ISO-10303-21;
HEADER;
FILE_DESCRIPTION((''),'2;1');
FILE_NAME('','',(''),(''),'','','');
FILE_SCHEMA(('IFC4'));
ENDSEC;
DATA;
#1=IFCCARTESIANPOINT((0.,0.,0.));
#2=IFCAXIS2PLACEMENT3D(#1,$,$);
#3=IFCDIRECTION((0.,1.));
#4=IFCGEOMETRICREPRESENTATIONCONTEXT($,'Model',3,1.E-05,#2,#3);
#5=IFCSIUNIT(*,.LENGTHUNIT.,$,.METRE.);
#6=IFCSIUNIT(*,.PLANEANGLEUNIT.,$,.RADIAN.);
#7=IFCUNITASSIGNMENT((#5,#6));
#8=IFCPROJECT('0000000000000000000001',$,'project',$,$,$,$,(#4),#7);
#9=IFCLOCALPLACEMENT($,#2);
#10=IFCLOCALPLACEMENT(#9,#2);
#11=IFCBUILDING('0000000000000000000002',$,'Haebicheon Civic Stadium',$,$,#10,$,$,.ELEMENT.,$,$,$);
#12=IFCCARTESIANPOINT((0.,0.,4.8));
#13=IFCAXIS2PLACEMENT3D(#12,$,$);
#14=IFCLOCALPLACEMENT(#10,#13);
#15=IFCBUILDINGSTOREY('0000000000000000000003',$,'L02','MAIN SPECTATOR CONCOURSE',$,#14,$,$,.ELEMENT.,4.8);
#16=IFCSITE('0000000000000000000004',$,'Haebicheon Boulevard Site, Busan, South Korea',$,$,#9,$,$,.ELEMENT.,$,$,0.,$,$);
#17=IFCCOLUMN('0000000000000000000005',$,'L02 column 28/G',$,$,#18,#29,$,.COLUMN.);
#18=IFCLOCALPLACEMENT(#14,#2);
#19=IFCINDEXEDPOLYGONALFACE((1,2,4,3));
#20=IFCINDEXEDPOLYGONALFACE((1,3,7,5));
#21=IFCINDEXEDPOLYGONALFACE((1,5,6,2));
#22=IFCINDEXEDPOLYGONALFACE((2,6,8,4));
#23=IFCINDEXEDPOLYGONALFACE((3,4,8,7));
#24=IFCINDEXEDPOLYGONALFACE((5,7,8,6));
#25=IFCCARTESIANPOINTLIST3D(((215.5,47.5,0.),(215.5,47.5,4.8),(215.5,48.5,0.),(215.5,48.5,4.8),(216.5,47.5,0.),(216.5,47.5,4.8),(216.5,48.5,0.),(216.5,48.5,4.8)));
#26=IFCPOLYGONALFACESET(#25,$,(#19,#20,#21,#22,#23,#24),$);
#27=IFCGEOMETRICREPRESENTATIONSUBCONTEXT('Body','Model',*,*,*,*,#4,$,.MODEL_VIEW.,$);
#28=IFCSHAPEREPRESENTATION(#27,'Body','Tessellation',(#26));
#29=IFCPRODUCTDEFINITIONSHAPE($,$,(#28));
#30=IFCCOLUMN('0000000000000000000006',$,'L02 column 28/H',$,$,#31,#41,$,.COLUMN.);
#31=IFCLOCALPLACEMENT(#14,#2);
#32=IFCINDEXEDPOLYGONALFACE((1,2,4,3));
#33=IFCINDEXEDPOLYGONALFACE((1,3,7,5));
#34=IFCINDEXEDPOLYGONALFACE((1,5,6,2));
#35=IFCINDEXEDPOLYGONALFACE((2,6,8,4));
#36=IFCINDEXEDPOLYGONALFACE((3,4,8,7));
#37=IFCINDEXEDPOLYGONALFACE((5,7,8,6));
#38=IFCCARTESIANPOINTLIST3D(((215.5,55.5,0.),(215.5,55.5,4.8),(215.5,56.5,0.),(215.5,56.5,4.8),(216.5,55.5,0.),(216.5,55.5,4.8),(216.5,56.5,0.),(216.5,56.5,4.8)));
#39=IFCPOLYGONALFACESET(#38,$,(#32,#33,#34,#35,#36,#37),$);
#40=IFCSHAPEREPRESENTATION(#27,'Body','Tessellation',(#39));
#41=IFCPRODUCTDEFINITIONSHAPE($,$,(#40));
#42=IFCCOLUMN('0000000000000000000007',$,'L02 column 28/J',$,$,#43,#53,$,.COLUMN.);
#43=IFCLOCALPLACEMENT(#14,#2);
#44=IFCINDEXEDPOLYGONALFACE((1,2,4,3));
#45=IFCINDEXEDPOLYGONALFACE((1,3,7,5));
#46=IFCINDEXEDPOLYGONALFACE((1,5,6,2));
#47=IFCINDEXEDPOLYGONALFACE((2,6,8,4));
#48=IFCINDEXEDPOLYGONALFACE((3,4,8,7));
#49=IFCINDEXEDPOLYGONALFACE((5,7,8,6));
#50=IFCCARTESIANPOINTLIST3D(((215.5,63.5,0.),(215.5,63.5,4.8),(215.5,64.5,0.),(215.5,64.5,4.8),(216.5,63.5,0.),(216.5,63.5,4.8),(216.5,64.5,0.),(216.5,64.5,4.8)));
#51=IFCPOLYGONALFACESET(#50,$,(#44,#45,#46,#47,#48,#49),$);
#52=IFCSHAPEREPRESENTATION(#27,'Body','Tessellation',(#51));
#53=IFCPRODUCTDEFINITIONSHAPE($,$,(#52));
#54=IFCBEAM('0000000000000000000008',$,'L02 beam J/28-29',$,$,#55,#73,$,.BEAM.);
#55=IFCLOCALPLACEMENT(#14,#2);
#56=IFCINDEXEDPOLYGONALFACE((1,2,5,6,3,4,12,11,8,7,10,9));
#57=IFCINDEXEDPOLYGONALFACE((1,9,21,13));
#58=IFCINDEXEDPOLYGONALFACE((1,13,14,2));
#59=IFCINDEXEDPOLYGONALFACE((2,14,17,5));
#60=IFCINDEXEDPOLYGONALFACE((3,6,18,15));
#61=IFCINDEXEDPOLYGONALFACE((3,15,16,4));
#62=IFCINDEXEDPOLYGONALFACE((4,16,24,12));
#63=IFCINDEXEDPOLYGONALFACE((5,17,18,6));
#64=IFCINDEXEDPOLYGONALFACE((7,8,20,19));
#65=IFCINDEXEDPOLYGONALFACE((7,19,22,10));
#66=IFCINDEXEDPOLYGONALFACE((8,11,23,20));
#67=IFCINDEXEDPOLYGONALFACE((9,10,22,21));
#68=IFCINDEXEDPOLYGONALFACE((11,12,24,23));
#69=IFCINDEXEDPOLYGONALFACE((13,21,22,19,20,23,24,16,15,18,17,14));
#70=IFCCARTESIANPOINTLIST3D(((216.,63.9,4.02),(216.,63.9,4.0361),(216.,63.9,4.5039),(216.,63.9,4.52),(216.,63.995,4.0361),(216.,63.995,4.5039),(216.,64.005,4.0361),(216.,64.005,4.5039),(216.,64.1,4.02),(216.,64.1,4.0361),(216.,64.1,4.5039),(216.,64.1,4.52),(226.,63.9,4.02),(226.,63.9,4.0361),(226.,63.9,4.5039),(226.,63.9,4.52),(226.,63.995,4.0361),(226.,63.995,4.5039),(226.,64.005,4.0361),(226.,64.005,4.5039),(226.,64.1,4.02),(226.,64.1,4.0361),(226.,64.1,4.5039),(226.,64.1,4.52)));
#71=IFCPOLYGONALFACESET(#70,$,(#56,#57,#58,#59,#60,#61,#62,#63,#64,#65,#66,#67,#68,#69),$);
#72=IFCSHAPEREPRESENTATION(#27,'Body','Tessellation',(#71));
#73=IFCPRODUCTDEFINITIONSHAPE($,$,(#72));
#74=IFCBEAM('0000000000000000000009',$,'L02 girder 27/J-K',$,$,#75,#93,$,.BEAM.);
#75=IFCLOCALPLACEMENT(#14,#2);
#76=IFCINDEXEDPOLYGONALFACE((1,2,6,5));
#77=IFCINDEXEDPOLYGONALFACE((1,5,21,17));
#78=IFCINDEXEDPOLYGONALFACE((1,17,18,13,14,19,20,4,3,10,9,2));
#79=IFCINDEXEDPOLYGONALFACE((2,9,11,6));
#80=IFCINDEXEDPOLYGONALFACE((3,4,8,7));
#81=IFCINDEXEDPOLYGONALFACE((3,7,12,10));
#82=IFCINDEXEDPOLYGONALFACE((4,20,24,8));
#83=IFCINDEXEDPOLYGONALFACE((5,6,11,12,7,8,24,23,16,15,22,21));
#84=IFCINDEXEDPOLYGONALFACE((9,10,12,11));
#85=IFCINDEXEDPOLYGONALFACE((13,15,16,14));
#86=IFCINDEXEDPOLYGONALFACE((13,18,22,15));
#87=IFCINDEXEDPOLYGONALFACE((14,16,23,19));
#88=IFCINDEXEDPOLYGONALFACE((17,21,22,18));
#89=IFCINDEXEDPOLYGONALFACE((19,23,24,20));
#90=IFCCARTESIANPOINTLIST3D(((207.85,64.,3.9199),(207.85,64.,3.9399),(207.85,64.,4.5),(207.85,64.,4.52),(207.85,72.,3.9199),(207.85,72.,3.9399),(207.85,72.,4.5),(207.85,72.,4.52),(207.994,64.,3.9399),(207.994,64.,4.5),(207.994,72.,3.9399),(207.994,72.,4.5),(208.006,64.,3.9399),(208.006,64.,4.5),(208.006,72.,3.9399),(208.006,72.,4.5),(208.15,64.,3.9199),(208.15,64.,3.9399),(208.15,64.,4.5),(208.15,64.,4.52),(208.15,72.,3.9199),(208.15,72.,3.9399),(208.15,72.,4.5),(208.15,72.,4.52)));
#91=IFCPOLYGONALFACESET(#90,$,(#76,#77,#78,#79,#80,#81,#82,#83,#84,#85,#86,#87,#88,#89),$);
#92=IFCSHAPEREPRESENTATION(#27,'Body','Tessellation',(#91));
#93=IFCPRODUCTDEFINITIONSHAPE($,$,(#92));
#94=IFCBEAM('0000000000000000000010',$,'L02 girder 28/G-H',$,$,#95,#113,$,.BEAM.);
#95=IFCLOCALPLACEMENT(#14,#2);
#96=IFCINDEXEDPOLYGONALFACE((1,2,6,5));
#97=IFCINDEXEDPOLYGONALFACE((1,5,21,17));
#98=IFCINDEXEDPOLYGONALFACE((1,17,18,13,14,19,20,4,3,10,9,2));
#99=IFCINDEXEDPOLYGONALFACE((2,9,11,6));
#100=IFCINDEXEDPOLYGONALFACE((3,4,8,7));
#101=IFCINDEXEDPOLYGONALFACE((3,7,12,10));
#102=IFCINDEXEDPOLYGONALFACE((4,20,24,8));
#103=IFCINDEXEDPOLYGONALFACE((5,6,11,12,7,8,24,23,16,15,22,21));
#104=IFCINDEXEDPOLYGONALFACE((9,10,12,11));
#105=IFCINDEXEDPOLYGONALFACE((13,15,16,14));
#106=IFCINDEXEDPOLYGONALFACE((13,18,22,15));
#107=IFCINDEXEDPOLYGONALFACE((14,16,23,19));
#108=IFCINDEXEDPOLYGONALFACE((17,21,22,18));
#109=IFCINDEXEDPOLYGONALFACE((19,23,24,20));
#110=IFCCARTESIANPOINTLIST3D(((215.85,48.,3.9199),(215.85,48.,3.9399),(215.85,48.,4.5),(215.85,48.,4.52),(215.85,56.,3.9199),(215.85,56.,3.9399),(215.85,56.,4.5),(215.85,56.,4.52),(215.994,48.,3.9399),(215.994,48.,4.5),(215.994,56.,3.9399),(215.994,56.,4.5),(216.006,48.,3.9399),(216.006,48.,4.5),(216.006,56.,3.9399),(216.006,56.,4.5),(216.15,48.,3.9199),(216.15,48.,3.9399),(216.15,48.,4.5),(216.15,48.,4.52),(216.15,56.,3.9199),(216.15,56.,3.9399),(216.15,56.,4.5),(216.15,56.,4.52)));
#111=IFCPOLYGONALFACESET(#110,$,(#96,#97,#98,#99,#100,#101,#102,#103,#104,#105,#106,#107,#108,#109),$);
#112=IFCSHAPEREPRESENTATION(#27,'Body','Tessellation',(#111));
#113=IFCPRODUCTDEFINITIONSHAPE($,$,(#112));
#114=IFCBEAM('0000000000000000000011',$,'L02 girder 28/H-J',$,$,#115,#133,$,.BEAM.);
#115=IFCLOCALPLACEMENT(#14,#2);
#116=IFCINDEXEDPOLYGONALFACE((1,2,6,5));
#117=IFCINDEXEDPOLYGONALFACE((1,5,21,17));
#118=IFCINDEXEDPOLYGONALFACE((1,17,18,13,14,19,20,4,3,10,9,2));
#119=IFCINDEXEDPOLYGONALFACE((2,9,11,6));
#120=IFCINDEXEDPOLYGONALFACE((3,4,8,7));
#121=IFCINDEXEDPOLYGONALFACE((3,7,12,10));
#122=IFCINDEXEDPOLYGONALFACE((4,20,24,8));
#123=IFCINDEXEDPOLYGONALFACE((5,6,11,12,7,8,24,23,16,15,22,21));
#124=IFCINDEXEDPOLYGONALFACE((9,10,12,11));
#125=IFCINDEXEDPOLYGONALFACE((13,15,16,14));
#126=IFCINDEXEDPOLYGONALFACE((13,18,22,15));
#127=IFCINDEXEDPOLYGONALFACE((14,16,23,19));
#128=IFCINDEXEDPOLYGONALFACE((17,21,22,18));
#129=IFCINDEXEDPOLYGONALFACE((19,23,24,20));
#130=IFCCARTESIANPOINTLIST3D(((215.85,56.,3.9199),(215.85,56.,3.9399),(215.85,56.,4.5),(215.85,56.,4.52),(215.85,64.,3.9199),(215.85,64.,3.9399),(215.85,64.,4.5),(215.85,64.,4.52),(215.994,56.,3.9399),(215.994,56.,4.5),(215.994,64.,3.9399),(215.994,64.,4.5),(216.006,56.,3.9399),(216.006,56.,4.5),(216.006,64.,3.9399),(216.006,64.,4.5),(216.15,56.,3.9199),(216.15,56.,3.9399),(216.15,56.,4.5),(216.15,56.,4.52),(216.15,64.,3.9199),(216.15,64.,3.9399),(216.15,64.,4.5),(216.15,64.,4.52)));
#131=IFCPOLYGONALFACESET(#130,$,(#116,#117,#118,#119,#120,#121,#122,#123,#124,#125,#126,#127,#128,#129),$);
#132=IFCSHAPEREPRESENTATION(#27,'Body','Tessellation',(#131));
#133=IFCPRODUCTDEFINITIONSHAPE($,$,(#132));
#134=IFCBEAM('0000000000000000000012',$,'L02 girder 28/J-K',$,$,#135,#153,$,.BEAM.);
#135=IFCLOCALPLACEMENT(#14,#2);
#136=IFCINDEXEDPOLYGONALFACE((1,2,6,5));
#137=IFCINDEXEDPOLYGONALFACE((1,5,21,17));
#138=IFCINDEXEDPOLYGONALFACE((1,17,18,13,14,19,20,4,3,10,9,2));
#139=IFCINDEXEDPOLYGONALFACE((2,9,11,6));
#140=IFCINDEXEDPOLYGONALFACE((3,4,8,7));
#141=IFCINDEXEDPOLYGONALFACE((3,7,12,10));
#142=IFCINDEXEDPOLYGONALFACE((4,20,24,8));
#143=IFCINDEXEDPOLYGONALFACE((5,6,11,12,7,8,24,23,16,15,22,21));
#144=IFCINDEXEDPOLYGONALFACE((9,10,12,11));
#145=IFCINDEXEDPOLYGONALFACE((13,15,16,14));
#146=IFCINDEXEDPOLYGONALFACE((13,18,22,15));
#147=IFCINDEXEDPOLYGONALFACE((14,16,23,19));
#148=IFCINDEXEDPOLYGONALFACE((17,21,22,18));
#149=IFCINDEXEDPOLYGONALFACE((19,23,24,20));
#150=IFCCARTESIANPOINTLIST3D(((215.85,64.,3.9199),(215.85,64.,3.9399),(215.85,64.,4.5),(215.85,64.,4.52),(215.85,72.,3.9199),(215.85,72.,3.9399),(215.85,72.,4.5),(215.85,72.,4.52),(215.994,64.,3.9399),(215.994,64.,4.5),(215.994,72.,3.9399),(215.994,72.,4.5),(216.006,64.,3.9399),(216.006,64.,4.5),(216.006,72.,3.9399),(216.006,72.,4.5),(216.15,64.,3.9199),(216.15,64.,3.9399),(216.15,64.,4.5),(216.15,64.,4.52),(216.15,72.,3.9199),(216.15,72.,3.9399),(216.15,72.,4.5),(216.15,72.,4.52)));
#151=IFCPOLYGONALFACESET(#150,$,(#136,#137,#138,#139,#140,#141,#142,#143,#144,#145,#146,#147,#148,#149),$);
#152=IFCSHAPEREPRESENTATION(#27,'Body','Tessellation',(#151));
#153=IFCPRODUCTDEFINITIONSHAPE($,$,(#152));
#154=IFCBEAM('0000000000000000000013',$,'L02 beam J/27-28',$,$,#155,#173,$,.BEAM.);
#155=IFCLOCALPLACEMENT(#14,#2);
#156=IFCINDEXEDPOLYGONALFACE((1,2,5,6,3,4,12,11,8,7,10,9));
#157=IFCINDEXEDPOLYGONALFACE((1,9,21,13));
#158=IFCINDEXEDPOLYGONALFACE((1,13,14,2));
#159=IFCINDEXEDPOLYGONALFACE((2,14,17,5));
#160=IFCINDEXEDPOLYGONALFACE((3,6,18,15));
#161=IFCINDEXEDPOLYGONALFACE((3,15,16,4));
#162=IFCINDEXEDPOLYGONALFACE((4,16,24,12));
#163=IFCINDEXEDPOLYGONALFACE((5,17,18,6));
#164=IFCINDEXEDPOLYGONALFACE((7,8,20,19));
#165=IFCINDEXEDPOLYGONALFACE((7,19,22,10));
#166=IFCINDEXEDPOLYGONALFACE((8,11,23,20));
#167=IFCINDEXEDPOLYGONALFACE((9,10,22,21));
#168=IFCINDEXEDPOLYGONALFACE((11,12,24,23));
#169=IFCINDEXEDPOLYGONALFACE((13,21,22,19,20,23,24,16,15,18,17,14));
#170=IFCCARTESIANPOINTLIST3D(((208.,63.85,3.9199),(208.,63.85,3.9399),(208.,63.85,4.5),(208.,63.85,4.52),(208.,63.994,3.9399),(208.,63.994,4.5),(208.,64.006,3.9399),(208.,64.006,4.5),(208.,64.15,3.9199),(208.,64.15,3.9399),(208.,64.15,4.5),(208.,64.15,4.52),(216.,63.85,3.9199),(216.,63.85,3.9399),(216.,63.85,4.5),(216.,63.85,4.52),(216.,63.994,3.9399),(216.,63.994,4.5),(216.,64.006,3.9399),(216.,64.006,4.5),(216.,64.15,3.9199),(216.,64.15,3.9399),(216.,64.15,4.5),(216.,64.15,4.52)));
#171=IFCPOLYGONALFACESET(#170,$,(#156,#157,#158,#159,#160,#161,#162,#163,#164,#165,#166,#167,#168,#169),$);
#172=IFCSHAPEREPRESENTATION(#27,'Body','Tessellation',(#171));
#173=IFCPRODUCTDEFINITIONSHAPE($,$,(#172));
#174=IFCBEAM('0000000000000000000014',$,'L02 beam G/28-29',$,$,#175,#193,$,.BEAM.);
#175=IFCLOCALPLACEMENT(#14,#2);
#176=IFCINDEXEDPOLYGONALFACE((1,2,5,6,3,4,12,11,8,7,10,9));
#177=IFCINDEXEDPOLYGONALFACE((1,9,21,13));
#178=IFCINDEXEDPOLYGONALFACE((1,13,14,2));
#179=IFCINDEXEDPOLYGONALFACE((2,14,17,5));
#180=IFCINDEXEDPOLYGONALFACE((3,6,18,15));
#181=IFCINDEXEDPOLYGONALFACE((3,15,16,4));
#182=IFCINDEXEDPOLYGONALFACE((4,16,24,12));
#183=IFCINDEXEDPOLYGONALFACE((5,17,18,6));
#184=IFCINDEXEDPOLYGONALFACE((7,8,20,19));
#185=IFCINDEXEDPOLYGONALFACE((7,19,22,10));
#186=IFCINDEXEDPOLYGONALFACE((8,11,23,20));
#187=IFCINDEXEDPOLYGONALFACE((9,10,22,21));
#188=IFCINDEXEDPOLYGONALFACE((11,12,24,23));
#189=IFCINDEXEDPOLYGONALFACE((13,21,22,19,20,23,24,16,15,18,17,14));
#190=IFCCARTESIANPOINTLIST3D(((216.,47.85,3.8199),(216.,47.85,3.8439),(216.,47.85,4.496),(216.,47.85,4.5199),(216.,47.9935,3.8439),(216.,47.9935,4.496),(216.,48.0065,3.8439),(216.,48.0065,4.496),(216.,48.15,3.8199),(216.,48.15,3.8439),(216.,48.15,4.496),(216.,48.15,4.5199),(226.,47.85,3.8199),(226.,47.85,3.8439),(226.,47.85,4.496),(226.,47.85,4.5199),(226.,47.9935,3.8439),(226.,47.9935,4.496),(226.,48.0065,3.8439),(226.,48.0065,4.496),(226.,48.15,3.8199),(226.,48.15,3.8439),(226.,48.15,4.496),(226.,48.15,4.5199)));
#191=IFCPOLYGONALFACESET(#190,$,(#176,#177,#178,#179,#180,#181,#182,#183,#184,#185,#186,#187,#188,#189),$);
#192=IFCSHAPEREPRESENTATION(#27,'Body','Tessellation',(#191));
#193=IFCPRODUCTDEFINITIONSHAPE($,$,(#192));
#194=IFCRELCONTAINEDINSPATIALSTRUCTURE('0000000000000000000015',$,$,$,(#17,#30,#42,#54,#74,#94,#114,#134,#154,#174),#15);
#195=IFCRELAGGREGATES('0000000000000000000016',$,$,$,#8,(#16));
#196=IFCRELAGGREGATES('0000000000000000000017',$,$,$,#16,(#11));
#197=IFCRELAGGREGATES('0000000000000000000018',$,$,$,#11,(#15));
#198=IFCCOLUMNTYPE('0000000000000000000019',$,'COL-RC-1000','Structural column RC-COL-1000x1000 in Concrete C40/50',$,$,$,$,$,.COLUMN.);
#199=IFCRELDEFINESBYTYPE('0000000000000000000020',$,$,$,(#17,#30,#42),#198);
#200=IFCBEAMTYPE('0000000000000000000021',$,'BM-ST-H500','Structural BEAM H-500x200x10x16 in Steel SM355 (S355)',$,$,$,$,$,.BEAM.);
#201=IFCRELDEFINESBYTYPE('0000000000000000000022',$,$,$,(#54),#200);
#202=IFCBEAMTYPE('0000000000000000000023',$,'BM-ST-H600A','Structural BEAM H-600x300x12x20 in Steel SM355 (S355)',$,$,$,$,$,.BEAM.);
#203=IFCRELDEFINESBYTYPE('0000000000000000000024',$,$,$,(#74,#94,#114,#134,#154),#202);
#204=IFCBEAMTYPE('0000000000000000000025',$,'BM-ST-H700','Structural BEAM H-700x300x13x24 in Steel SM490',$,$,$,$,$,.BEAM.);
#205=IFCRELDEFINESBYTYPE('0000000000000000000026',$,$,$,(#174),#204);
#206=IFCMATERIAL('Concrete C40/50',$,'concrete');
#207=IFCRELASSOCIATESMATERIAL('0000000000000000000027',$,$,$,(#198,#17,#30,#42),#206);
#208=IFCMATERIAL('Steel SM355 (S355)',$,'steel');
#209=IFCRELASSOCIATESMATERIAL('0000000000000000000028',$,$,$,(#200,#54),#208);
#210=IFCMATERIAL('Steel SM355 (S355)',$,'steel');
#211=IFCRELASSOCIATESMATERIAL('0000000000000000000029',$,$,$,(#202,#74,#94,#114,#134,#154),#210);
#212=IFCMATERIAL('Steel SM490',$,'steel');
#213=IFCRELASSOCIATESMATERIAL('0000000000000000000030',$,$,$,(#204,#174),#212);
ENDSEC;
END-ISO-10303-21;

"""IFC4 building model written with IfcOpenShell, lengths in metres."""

from ifc_helpers import new_model, si_unit, direction, frame, origin, origin_2d, place, context, subcontext, project, spatial, rectangle, i_section, extrude, material, material_profile, profile_set, type_object, element, save


model = new_model("IFC4")

# Units and contexts
model_context = context("Model", 3, precision=1e-05, world=origin(), true_north=direction((0.0, 1.0)))
body_context = subcontext(model_context, "Body", "Model", "MODEL_VIEW")
ifc_project = project(units=[si_unit("LENGTHUNIT", "METRE"), si_unit("PLANEANGLEUNIT", "RADIAN")], contexts=[model_context])

# Site, building, storey
site_placement = place(None, origin())
site = spatial("IfcSite", under=ifc_project, at=site_placement, Name="Haebicheon Boulevard Site, Busan, South Korea", CompositionType="ELEMENT", RefElevation=0.0)
building_placement = place(site_placement, origin())
building = spatial("IfcBuilding", under=site, at=building_placement, Name="Haebicheon Civic Stadium", CompositionType="ELEMENT")
storey_placement = place(building_placement, frame((0.0, 0.0, 4.8)))
storey = spatial("IfcBuildingStorey", under=building, at=storey_placement, Name="L02", Description="MAIN SPECTATOR CONCOURSE", CompositionType="ELEMENT", Elevation=4.8)

# Columns
ifc_material_1 = material(Name="Concrete C40/50", Category="concrete")
ifc_material_profile_1 = material_profile(ifc_material_1, rectangle(XDim=1.0, YDim=1.0, at=origin_2d()), Name="RC-COL-1000x1000")
ifc_profile_set_1 = profile_set([ifc_material_profile_1], Name="Concrete C40/50")
column_type = type_object("IfcColumnType", Name="COL-RC-1000", Description="Structural column RC-COL-1000x1000 in Concrete C40/50", PredefinedType="COLUMN", material=ifc_profile_set_1)
for number, where, z_axis, x_axis, name in (
    (1, (216.0, 48.0, 0.0), (0.0, 0.0, 1.0), (1.0, 0.0, 0.0), "L02 column 28/G"),
    (2, (216.0, 56.0, 0.0), (0.0, 0.0, 1.0), (1.0, 0.0, 0.0), "L02 column 28/H"),
    (3, (216.0, 64.0, 0.0), (0.0, 0.0, 1.0), (1.0, 0.0, 0.0), "L02 column 28/J"),
):
    element("IfcColumn", number, at=place(storey_placement, frame(where, z_axis=z_axis, x_axis=x_axis)), inside=storey, type_object=column_type, material=ifc_profile_set_1, Name=name, PredefinedType="COLUMN", context=body_context, shape_type="SweptSolid", body=[
        extrude(rectangle(XDim=1.0, YDim=1.0, at=origin_2d()), origin(), (0.0, 0.0, 1.0), 4.8),
    ])

# Beams
ifc_material_2 = material(Name="Steel SM355 (S355)", Category="steel")
ifc_material_profile_2 = material_profile(ifc_material_2, i_section(OverallWidth=0.2, OverallDepth=0.5, WebThickness=0.01, FlangeThickness=0.0161, at=origin_2d()), Name="H-500x200x10x16")
ifc_profile_set_2 = profile_set([ifc_material_profile_2], Name="Steel SM355 (S355)")
beam_type_1 = type_object("IfcBeamType", Name="BM-ST-H500", Description="Structural BEAM H-500x200x10x16 in Steel SM355 (S355)", PredefinedType="BEAM", material=ifc_profile_set_2)
beam_placement = place(storey_placement, frame((216.0, 64.0, 4.27), z_axis=(1.0, 0.0, 0.0), x_axis=(0.0, 1.0, 0.0)))
element("IfcBeam", 4, at=beam_placement, inside=storey, type_object=beam_type_1, material=ifc_profile_set_2, Name="L02 beam J/28-29", PredefinedType="BEAM", context=body_context, shape_type="SweptSolid", body=[
    extrude(i_section(OverallWidth=0.2, OverallDepth=0.5, WebThickness=0.01, FlangeThickness=0.0161, at=origin_2d()), origin(), (0.0, 0.0, 1.0), 10.0),
])
ifc_material_3 = material(Name="Steel SM355 (S355)", Category="steel")
ifc_material_profile_3 = material_profile(ifc_material_3, i_section(OverallWidth=0.3, OverallDepth=0.6001, WebThickness=0.012, FlangeThickness=0.02, at=origin_2d()), Name="H-600x300x12x20")
ifc_profile_set_3 = profile_set([ifc_material_profile_3], Name="Steel SM355 (S355)")
beam_type_2 = type_object("IfcBeamType", Name="BM-ST-H600A", Description="Structural BEAM H-600x300x12x20 in Steel SM355 (S355)", PredefinedType="BEAM", material=ifc_profile_set_3)
for number, where, z_axis, x_axis, name in (
    (5, (208.0, 64.0, 4.22), (0.0, 1.0, 0.0), (-1.0, 0.0, 0.0), "L02 girder 27/J-K"),
    (6, (216.0, 48.0, 4.22), (0.0, 1.0, 0.0), (-1.0, 0.0, 0.0), "L02 girder 28/G-H"),
    (7, (216.0, 56.0, 4.22), (0.0, 1.0, 0.0), (-1.0, 0.0, 0.0), "L02 girder 28/H-J"),
    (8, (216.0, 64.0, 4.22), (0.0, 1.0, 0.0), (-1.0, 0.0, 0.0), "L02 girder 28/J-K"),
    (9, (208.0, 64.0, 4.22), (1.0, 0.0, 0.0), (0.0, 1.0, 0.0), "L02 beam J/27-28"),
):
    element("IfcBeam", number, at=place(storey_placement, frame(where, z_axis=z_axis, x_axis=x_axis)), inside=storey, type_object=beam_type_2, material=ifc_profile_set_3, Name=name, PredefinedType="BEAM", context=body_context, shape_type="SweptSolid", body=[
        extrude(i_section(OverallWidth=0.3, OverallDepth=0.6001, WebThickness=0.012, FlangeThickness=0.02, at=origin_2d()), origin(), (0.0, 0.0, 1.0), 8.0),
    ])
ifc_material_4 = material(Name="Steel SM490", Category="steel")
ifc_material_profile_4 = material_profile(ifc_material_4, i_section(OverallWidth=0.3, OverallDepth=0.7, WebThickness=0.0129, FlangeThickness=0.0239, at=origin_2d()), Name="H-700x300x13x24")
ifc_profile_set_4 = profile_set([ifc_material_profile_4], Name="Steel SM490")
beam_type_3 = type_object("IfcBeamType", Name="BM-ST-H700", Description="Structural BEAM H-700x300x13x24 in Steel SM490", PredefinedType="BEAM", material=ifc_profile_set_4)
for number, where, z_axis, x_axis, name in (
    (10, (216.0, 48.0, 4.1699), (1.0, 0.0, 0.0), (0.0, 1.0, 0.0), "L02 beam G/28-29"),
):
    element("IfcBeam", number, at=place(storey_placement, frame(where, z_axis=z_axis, x_axis=x_axis)), inside=storey, type_object=beam_type_3, material=ifc_profile_set_4, Name=name, PredefinedType="BEAM", context=body_context, shape_type="SweptSolid", body=[
        extrude(i_section(OverallWidth=0.3, OverallDepth=0.7, WebThickness=0.0129, FlangeThickness=0.0239, at=origin_2d()), origin(), (0.0, 0.0, 1.0), 10.0),
    ])

save(model, "model.ifc")
